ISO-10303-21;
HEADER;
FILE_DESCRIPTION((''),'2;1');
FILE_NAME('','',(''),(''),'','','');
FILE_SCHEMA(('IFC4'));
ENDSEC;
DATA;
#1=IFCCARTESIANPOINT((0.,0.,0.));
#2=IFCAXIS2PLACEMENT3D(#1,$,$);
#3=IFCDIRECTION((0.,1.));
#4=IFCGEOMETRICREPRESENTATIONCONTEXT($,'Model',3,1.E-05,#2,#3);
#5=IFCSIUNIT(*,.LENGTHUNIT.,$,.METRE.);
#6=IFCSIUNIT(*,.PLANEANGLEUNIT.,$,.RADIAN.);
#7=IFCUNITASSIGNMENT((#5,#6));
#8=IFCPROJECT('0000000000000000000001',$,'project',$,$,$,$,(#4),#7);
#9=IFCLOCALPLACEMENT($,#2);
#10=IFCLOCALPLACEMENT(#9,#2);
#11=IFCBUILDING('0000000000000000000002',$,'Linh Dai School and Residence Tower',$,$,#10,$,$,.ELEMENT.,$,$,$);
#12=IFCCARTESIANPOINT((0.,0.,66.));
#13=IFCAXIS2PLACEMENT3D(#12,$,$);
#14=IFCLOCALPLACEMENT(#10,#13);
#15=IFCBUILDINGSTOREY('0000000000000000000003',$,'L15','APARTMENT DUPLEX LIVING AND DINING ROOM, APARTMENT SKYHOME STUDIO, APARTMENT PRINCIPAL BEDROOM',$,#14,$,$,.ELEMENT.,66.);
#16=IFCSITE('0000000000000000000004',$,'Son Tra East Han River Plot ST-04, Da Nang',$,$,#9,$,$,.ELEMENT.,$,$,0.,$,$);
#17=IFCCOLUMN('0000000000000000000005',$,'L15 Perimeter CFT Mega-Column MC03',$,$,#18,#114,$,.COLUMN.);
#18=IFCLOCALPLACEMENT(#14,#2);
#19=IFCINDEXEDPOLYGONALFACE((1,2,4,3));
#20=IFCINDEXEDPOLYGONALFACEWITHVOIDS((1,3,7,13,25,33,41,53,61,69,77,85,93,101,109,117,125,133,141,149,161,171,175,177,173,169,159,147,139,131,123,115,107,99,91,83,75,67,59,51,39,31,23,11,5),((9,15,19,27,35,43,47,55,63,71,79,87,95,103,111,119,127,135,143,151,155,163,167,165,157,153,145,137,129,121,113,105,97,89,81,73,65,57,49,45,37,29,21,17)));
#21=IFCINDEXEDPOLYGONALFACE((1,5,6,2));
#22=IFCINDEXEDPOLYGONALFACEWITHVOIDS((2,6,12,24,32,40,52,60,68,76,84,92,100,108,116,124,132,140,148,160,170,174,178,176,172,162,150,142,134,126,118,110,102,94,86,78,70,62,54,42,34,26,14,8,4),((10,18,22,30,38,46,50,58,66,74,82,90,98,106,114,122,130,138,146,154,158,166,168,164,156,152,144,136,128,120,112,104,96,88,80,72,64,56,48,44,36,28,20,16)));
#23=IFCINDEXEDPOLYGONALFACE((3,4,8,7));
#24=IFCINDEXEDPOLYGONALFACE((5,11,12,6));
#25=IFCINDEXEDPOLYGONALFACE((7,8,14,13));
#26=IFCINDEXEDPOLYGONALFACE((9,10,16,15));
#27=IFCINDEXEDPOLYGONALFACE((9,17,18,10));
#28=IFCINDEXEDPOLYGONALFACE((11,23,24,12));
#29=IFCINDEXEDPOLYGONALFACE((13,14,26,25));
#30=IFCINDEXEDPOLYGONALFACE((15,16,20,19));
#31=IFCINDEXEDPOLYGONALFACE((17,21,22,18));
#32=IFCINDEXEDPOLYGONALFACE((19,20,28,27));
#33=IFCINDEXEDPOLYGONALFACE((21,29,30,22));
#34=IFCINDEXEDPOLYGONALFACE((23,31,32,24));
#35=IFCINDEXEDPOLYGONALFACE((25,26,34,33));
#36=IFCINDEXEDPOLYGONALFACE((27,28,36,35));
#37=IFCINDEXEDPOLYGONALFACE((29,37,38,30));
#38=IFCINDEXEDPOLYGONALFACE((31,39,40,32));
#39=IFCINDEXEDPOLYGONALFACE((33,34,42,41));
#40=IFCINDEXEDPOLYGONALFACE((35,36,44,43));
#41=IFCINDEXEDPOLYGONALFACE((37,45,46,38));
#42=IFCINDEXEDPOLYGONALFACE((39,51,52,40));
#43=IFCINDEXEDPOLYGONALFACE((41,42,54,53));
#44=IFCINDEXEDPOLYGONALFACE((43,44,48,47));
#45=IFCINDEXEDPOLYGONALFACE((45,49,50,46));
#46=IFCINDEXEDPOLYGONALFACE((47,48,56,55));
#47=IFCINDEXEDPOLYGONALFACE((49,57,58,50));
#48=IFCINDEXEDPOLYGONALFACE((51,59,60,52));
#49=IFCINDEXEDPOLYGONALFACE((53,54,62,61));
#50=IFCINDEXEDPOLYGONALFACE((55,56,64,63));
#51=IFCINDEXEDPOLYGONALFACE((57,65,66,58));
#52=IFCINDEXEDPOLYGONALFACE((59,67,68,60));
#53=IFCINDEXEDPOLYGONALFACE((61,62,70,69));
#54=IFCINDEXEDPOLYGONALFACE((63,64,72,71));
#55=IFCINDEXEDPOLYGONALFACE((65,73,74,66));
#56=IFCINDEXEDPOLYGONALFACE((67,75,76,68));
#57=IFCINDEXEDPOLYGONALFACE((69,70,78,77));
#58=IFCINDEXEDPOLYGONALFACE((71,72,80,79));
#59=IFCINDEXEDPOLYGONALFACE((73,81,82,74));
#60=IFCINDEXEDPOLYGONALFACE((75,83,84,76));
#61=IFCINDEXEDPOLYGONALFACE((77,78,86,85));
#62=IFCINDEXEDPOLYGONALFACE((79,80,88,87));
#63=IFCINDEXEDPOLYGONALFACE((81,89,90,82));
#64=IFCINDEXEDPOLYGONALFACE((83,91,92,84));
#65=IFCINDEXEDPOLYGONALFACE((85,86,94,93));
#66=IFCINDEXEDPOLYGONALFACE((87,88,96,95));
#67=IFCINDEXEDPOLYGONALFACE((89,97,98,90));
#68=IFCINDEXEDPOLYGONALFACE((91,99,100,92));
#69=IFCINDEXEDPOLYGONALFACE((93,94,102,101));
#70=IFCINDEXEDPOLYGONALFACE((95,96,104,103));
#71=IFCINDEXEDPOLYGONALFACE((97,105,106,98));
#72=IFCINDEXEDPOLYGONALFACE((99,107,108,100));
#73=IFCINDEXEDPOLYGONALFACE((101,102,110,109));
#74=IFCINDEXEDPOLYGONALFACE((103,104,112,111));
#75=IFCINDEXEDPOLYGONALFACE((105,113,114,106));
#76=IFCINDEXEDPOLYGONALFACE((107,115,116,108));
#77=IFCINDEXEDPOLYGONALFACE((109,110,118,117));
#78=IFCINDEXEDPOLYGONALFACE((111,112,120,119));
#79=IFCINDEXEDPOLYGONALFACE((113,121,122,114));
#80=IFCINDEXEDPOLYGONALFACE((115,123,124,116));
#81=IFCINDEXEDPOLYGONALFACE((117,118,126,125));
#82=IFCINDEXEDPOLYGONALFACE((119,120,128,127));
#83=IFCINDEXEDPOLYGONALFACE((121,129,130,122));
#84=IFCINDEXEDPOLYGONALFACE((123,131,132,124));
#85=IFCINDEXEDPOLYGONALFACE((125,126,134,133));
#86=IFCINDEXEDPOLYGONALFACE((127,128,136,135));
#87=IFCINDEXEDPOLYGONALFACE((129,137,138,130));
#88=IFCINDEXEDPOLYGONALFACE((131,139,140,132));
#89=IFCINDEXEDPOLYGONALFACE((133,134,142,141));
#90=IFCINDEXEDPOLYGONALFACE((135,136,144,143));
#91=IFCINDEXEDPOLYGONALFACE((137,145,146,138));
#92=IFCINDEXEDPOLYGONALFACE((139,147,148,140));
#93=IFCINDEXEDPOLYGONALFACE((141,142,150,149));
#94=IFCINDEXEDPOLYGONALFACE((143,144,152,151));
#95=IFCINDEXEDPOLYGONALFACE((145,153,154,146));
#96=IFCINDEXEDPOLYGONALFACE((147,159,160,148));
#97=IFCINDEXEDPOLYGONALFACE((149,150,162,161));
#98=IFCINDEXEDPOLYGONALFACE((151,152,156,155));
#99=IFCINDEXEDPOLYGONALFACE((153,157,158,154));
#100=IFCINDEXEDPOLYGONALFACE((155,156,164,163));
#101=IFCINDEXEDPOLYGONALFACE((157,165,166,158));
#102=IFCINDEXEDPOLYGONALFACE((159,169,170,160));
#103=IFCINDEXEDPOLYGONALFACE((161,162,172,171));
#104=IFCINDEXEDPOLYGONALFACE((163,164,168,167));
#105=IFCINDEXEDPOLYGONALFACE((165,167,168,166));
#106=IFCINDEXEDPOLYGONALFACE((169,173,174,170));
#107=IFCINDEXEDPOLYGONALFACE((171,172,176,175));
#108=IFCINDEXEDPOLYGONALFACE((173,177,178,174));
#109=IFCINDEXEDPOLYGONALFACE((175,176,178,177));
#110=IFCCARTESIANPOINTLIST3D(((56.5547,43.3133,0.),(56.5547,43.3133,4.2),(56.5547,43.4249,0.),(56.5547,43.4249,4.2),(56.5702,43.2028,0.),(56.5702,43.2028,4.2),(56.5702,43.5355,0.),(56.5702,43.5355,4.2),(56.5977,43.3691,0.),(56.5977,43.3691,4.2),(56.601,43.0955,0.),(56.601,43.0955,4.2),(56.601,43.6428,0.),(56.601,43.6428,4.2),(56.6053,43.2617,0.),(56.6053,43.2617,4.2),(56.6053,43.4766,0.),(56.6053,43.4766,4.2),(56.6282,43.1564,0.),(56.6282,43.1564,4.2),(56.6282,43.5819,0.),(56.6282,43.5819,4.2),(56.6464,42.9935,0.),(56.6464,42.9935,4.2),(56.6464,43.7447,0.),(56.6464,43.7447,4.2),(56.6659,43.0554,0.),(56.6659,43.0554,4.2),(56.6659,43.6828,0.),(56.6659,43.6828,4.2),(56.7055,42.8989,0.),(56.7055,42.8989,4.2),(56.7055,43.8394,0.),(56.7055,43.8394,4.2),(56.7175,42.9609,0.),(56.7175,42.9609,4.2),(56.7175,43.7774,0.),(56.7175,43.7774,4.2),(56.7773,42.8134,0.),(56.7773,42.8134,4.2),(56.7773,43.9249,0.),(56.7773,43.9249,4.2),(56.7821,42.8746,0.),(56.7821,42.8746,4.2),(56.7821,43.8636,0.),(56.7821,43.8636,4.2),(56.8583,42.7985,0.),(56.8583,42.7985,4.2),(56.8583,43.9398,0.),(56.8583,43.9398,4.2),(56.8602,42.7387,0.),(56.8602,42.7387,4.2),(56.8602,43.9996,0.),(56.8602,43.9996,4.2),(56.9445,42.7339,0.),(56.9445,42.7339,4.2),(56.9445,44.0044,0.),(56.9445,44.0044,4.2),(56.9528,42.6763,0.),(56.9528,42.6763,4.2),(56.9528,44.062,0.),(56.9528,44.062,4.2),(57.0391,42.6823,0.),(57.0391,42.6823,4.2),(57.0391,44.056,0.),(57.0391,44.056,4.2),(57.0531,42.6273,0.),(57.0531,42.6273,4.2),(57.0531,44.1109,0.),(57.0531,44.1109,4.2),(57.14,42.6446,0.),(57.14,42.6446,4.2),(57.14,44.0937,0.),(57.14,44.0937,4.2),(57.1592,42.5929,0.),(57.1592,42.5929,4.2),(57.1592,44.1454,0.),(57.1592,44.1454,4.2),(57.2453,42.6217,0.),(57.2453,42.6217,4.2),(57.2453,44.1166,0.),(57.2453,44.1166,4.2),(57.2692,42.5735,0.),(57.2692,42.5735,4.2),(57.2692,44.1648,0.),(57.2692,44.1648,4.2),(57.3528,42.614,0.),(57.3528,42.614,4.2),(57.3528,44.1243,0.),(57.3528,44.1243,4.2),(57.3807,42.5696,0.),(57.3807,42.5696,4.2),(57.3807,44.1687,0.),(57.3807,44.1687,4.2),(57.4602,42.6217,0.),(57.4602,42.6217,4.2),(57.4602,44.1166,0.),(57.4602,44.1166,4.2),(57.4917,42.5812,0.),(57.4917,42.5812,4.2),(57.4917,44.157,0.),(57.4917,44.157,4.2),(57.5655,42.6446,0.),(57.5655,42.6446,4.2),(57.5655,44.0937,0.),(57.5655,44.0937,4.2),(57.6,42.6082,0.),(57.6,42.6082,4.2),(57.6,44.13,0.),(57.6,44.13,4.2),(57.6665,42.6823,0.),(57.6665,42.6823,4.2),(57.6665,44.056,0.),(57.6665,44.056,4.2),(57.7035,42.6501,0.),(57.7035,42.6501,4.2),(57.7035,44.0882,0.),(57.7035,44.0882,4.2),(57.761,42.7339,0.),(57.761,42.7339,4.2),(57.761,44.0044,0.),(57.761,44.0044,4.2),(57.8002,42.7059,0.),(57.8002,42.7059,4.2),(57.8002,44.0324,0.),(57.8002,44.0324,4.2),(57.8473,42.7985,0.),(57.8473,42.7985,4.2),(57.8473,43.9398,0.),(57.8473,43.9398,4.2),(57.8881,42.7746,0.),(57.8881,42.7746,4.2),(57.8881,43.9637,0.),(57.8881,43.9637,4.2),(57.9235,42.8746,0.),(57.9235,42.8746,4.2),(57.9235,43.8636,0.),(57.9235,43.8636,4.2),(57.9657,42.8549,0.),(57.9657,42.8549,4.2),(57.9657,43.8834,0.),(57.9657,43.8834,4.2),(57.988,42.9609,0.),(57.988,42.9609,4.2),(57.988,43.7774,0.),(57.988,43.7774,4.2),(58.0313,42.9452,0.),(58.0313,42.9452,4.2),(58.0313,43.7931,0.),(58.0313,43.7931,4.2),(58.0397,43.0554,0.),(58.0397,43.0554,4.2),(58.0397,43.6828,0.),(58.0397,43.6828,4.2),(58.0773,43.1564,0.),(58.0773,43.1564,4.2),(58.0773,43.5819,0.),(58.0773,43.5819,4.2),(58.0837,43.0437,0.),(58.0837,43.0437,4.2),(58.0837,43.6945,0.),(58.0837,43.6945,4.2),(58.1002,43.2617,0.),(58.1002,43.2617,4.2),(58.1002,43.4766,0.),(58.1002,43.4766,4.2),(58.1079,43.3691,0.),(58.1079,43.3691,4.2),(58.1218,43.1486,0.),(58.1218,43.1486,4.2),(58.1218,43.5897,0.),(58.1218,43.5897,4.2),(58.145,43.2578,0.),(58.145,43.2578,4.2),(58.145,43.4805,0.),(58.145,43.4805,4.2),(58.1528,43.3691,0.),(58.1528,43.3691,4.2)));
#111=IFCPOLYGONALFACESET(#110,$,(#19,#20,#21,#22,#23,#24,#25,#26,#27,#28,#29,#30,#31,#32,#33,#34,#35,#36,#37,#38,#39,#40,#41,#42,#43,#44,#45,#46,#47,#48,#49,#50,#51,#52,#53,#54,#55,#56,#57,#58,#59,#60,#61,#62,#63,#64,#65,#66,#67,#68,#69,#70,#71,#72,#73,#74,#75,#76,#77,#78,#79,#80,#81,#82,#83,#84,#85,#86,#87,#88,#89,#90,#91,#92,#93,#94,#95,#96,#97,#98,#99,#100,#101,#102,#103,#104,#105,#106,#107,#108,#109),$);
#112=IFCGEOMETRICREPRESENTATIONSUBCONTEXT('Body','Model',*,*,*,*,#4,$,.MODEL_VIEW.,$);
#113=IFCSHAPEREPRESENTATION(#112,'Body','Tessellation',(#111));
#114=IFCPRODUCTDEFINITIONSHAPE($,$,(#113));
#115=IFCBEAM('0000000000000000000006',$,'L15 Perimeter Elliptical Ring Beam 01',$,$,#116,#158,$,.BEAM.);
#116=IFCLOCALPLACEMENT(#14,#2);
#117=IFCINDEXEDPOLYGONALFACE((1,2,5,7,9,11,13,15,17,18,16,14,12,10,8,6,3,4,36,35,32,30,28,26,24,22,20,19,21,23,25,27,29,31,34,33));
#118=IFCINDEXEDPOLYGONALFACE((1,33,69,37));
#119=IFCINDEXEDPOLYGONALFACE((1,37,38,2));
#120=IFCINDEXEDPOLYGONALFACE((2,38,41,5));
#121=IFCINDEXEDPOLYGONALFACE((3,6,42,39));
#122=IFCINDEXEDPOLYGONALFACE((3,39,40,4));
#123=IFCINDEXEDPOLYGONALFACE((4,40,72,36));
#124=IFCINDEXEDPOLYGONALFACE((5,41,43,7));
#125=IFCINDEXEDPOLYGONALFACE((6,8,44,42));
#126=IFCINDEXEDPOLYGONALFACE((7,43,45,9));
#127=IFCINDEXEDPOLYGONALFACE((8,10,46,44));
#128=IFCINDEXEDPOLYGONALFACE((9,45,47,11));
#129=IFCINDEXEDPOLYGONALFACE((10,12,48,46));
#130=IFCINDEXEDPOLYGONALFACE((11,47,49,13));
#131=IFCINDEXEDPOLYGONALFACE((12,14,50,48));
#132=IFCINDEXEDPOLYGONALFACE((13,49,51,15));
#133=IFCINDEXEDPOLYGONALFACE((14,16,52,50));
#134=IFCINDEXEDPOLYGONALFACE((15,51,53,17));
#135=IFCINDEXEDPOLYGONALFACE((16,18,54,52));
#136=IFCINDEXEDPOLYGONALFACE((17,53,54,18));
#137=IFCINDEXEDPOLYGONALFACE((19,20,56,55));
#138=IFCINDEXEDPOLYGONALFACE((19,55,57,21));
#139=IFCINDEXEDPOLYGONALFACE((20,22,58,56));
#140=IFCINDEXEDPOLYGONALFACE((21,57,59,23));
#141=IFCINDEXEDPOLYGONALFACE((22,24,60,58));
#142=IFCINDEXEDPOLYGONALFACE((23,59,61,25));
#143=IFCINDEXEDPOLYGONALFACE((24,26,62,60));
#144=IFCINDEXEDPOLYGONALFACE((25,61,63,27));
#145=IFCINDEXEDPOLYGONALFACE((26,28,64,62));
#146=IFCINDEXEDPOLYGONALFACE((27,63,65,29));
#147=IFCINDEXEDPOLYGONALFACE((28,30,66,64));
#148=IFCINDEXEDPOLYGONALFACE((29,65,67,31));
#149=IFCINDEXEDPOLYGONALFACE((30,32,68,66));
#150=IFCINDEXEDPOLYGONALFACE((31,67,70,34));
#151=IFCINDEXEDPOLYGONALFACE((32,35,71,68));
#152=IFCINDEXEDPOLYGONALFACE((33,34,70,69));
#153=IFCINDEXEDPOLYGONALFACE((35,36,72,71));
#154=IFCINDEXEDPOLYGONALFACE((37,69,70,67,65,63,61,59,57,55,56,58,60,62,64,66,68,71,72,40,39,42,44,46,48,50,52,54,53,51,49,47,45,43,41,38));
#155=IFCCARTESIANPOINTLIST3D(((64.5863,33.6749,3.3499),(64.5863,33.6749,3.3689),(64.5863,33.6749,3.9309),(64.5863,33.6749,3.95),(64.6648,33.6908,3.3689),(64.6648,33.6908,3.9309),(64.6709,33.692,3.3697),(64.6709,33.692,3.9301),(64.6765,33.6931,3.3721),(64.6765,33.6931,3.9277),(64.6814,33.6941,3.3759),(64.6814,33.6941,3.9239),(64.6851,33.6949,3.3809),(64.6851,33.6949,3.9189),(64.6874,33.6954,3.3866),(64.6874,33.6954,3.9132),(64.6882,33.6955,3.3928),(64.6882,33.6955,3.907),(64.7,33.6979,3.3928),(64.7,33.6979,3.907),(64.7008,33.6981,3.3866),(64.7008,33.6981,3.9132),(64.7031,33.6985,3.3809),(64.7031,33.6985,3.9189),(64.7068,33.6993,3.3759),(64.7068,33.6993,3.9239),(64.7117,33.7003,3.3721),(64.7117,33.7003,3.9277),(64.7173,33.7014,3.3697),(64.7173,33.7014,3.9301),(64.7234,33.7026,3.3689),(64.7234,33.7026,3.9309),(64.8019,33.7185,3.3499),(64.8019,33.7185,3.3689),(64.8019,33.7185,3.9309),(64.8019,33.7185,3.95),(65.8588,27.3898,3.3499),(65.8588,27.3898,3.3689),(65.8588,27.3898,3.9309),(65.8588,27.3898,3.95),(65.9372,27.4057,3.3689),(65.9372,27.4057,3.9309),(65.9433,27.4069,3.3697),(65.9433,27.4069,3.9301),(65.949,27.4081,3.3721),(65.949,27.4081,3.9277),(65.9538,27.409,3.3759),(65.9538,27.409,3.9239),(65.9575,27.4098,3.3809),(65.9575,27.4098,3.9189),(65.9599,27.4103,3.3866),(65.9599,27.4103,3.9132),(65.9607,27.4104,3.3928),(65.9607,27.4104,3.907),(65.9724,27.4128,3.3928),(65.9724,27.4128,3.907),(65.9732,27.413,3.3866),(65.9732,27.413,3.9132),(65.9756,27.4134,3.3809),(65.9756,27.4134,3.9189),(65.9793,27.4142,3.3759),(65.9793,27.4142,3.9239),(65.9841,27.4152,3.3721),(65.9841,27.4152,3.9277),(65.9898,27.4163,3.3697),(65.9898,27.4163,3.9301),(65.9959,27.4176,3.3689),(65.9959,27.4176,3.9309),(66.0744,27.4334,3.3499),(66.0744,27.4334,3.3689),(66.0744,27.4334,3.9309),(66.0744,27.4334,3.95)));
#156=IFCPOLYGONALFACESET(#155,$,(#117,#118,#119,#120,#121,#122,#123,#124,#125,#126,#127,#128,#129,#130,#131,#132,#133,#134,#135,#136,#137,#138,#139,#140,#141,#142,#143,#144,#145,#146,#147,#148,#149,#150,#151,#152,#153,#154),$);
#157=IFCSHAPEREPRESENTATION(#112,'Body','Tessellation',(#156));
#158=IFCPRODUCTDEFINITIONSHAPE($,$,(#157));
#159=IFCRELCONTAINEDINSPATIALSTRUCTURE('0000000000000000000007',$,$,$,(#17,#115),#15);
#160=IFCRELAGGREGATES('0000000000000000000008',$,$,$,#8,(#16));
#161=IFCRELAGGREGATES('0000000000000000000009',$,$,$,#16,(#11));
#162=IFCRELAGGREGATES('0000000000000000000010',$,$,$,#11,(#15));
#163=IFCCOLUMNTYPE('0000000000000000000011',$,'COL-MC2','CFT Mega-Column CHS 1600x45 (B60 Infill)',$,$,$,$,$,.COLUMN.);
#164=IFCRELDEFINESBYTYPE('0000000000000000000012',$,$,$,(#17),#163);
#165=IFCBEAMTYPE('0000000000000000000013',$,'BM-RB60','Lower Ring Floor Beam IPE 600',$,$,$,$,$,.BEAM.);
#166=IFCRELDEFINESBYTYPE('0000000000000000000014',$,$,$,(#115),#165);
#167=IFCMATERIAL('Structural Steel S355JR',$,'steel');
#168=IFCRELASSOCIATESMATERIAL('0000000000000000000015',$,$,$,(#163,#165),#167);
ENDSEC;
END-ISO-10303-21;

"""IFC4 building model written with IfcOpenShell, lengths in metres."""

from ifc_helpers import new_model, si_unit, direction, frame, origin, origin_2d, place, context, subcontext, project, spatial, hollow_circle, i_section, extrude, material, material_profile, profile_set, type_object, element, save


model = new_model("IFC4")

# Units and contexts
model_context = context("Model", 3, precision=1e-05, world=origin(), true_north=direction((0.0, 1.0)))
body_context = subcontext(model_context, "Body", "Model", "MODEL_VIEW")
ifc_project = project(units=[si_unit("LENGTHUNIT", "METRE"), si_unit("PLANEANGLEUNIT", "RADIAN")], contexts=[model_context])

# Site, building, storey
site_placement = place(None, origin())
site = spatial("IfcSite", under=ifc_project, at=site_placement, Name="Son Tra East Han River Plot ST-04, Da Nang", CompositionType="ELEMENT", RefElevation=0.0)
building_placement = place(site_placement, origin())
building = spatial("IfcBuilding", under=site, at=building_placement, Name="Linh Dai School and Residence Tower", CompositionType="ELEMENT")
storey_placement = place(building_placement, frame((0.0, 0.0, 66.0)))
storey = spatial("IfcBuildingStorey", under=building, at=storey_placement, Name="L15", Description="APARTMENT DUPLEX LIVING AND DINING ROOM, APARTMENT SKYHOME STUDIO, APARTMENT PRINCIPAL BEDROOM", CompositionType="ELEMENT", Elevation=66.0)

# Column
ifc_material_1 = material(Name="Structural Steel S355JR", Category="steel")
ifc_material_profile_1 = material_profile(ifc_material_1, hollow_circle(Radius=0.8, WallThickness=0.0449, at=origin_2d()), Name="CHS 1600x45")
ifc_profile_set_1 = profile_set([ifc_material_profile_1], Name="Structural Steel S355JR")
column_type = type_object("IfcColumnType", Name="COL-MC2", Description="CFT Mega-Column CHS 1600x45 (B60 Infill)", PredefinedType="COLUMN", material=ifc_profile_set_1)
for number, where, z_axis, x_axis, name in (
    (1, (57.3528, 43.3691, 0.0), (0.0, 0.0, 1.0), (1.0, 0.0, 0.0), "L15 Perimeter CFT Mega-Column MC03"),
):
    element("IfcColumn", number, at=place(storey_placement, frame(where, z_axis=z_axis, x_axis=x_axis)), inside=storey, type_object=column_type, Name=name, PredefinedType="COLUMN", context=body_context, shape_type="SweptSolid", body=[
        extrude(hollow_circle(Radius=0.8, WallThickness=0.0449, at=origin_2d()), origin(), (0.0, 0.0, 1.0), 4.2),
    ])

# Beam
ifc_material_profile_2 = material_profile(ifc_material_1, i_section(OverallWidth=0.22, OverallDepth=0.6001, WebThickness=0.012, FlangeThickness=0.019, FilletRadius=0.0239, at=origin_2d()), Name="IPE 600")
ifc_profile_set_2 = profile_set([ifc_material_profile_2], Name="Structural Steel S355JR")
beam_type_1 = type_object("IfcBeamType", Name="BM-RB60", Description="Lower Ring Floor Beam IPE 600", PredefinedType="BEAM", material=ifc_profile_set_2)
beam_1_placement = place(storey_placement, frame((65.9666, 27.4116, 3.6499), z_axis=(-0.198429, 0.980115, 0.0), x_axis=(-0.980115, -0.198429, 0.0)))
element("IfcBeam", 2, at=beam_1_placement, inside=storey, type_object=beam_type_1, Name="L15 Perimeter Elliptical Ring Beam 01", PredefinedType="BEAM", context=body_context, shape_type="SweptSolid", body=[
    extrude(i_section(OverallWidth=0.22, OverallDepth=0.6001, WebThickness=0.012, FlangeThickness=0.019, FilletRadius=0.0239, at=origin_2d()), origin(), (0.0, 0.0, 1.0), 6.4126),
])

save(model, "model.ifc")
